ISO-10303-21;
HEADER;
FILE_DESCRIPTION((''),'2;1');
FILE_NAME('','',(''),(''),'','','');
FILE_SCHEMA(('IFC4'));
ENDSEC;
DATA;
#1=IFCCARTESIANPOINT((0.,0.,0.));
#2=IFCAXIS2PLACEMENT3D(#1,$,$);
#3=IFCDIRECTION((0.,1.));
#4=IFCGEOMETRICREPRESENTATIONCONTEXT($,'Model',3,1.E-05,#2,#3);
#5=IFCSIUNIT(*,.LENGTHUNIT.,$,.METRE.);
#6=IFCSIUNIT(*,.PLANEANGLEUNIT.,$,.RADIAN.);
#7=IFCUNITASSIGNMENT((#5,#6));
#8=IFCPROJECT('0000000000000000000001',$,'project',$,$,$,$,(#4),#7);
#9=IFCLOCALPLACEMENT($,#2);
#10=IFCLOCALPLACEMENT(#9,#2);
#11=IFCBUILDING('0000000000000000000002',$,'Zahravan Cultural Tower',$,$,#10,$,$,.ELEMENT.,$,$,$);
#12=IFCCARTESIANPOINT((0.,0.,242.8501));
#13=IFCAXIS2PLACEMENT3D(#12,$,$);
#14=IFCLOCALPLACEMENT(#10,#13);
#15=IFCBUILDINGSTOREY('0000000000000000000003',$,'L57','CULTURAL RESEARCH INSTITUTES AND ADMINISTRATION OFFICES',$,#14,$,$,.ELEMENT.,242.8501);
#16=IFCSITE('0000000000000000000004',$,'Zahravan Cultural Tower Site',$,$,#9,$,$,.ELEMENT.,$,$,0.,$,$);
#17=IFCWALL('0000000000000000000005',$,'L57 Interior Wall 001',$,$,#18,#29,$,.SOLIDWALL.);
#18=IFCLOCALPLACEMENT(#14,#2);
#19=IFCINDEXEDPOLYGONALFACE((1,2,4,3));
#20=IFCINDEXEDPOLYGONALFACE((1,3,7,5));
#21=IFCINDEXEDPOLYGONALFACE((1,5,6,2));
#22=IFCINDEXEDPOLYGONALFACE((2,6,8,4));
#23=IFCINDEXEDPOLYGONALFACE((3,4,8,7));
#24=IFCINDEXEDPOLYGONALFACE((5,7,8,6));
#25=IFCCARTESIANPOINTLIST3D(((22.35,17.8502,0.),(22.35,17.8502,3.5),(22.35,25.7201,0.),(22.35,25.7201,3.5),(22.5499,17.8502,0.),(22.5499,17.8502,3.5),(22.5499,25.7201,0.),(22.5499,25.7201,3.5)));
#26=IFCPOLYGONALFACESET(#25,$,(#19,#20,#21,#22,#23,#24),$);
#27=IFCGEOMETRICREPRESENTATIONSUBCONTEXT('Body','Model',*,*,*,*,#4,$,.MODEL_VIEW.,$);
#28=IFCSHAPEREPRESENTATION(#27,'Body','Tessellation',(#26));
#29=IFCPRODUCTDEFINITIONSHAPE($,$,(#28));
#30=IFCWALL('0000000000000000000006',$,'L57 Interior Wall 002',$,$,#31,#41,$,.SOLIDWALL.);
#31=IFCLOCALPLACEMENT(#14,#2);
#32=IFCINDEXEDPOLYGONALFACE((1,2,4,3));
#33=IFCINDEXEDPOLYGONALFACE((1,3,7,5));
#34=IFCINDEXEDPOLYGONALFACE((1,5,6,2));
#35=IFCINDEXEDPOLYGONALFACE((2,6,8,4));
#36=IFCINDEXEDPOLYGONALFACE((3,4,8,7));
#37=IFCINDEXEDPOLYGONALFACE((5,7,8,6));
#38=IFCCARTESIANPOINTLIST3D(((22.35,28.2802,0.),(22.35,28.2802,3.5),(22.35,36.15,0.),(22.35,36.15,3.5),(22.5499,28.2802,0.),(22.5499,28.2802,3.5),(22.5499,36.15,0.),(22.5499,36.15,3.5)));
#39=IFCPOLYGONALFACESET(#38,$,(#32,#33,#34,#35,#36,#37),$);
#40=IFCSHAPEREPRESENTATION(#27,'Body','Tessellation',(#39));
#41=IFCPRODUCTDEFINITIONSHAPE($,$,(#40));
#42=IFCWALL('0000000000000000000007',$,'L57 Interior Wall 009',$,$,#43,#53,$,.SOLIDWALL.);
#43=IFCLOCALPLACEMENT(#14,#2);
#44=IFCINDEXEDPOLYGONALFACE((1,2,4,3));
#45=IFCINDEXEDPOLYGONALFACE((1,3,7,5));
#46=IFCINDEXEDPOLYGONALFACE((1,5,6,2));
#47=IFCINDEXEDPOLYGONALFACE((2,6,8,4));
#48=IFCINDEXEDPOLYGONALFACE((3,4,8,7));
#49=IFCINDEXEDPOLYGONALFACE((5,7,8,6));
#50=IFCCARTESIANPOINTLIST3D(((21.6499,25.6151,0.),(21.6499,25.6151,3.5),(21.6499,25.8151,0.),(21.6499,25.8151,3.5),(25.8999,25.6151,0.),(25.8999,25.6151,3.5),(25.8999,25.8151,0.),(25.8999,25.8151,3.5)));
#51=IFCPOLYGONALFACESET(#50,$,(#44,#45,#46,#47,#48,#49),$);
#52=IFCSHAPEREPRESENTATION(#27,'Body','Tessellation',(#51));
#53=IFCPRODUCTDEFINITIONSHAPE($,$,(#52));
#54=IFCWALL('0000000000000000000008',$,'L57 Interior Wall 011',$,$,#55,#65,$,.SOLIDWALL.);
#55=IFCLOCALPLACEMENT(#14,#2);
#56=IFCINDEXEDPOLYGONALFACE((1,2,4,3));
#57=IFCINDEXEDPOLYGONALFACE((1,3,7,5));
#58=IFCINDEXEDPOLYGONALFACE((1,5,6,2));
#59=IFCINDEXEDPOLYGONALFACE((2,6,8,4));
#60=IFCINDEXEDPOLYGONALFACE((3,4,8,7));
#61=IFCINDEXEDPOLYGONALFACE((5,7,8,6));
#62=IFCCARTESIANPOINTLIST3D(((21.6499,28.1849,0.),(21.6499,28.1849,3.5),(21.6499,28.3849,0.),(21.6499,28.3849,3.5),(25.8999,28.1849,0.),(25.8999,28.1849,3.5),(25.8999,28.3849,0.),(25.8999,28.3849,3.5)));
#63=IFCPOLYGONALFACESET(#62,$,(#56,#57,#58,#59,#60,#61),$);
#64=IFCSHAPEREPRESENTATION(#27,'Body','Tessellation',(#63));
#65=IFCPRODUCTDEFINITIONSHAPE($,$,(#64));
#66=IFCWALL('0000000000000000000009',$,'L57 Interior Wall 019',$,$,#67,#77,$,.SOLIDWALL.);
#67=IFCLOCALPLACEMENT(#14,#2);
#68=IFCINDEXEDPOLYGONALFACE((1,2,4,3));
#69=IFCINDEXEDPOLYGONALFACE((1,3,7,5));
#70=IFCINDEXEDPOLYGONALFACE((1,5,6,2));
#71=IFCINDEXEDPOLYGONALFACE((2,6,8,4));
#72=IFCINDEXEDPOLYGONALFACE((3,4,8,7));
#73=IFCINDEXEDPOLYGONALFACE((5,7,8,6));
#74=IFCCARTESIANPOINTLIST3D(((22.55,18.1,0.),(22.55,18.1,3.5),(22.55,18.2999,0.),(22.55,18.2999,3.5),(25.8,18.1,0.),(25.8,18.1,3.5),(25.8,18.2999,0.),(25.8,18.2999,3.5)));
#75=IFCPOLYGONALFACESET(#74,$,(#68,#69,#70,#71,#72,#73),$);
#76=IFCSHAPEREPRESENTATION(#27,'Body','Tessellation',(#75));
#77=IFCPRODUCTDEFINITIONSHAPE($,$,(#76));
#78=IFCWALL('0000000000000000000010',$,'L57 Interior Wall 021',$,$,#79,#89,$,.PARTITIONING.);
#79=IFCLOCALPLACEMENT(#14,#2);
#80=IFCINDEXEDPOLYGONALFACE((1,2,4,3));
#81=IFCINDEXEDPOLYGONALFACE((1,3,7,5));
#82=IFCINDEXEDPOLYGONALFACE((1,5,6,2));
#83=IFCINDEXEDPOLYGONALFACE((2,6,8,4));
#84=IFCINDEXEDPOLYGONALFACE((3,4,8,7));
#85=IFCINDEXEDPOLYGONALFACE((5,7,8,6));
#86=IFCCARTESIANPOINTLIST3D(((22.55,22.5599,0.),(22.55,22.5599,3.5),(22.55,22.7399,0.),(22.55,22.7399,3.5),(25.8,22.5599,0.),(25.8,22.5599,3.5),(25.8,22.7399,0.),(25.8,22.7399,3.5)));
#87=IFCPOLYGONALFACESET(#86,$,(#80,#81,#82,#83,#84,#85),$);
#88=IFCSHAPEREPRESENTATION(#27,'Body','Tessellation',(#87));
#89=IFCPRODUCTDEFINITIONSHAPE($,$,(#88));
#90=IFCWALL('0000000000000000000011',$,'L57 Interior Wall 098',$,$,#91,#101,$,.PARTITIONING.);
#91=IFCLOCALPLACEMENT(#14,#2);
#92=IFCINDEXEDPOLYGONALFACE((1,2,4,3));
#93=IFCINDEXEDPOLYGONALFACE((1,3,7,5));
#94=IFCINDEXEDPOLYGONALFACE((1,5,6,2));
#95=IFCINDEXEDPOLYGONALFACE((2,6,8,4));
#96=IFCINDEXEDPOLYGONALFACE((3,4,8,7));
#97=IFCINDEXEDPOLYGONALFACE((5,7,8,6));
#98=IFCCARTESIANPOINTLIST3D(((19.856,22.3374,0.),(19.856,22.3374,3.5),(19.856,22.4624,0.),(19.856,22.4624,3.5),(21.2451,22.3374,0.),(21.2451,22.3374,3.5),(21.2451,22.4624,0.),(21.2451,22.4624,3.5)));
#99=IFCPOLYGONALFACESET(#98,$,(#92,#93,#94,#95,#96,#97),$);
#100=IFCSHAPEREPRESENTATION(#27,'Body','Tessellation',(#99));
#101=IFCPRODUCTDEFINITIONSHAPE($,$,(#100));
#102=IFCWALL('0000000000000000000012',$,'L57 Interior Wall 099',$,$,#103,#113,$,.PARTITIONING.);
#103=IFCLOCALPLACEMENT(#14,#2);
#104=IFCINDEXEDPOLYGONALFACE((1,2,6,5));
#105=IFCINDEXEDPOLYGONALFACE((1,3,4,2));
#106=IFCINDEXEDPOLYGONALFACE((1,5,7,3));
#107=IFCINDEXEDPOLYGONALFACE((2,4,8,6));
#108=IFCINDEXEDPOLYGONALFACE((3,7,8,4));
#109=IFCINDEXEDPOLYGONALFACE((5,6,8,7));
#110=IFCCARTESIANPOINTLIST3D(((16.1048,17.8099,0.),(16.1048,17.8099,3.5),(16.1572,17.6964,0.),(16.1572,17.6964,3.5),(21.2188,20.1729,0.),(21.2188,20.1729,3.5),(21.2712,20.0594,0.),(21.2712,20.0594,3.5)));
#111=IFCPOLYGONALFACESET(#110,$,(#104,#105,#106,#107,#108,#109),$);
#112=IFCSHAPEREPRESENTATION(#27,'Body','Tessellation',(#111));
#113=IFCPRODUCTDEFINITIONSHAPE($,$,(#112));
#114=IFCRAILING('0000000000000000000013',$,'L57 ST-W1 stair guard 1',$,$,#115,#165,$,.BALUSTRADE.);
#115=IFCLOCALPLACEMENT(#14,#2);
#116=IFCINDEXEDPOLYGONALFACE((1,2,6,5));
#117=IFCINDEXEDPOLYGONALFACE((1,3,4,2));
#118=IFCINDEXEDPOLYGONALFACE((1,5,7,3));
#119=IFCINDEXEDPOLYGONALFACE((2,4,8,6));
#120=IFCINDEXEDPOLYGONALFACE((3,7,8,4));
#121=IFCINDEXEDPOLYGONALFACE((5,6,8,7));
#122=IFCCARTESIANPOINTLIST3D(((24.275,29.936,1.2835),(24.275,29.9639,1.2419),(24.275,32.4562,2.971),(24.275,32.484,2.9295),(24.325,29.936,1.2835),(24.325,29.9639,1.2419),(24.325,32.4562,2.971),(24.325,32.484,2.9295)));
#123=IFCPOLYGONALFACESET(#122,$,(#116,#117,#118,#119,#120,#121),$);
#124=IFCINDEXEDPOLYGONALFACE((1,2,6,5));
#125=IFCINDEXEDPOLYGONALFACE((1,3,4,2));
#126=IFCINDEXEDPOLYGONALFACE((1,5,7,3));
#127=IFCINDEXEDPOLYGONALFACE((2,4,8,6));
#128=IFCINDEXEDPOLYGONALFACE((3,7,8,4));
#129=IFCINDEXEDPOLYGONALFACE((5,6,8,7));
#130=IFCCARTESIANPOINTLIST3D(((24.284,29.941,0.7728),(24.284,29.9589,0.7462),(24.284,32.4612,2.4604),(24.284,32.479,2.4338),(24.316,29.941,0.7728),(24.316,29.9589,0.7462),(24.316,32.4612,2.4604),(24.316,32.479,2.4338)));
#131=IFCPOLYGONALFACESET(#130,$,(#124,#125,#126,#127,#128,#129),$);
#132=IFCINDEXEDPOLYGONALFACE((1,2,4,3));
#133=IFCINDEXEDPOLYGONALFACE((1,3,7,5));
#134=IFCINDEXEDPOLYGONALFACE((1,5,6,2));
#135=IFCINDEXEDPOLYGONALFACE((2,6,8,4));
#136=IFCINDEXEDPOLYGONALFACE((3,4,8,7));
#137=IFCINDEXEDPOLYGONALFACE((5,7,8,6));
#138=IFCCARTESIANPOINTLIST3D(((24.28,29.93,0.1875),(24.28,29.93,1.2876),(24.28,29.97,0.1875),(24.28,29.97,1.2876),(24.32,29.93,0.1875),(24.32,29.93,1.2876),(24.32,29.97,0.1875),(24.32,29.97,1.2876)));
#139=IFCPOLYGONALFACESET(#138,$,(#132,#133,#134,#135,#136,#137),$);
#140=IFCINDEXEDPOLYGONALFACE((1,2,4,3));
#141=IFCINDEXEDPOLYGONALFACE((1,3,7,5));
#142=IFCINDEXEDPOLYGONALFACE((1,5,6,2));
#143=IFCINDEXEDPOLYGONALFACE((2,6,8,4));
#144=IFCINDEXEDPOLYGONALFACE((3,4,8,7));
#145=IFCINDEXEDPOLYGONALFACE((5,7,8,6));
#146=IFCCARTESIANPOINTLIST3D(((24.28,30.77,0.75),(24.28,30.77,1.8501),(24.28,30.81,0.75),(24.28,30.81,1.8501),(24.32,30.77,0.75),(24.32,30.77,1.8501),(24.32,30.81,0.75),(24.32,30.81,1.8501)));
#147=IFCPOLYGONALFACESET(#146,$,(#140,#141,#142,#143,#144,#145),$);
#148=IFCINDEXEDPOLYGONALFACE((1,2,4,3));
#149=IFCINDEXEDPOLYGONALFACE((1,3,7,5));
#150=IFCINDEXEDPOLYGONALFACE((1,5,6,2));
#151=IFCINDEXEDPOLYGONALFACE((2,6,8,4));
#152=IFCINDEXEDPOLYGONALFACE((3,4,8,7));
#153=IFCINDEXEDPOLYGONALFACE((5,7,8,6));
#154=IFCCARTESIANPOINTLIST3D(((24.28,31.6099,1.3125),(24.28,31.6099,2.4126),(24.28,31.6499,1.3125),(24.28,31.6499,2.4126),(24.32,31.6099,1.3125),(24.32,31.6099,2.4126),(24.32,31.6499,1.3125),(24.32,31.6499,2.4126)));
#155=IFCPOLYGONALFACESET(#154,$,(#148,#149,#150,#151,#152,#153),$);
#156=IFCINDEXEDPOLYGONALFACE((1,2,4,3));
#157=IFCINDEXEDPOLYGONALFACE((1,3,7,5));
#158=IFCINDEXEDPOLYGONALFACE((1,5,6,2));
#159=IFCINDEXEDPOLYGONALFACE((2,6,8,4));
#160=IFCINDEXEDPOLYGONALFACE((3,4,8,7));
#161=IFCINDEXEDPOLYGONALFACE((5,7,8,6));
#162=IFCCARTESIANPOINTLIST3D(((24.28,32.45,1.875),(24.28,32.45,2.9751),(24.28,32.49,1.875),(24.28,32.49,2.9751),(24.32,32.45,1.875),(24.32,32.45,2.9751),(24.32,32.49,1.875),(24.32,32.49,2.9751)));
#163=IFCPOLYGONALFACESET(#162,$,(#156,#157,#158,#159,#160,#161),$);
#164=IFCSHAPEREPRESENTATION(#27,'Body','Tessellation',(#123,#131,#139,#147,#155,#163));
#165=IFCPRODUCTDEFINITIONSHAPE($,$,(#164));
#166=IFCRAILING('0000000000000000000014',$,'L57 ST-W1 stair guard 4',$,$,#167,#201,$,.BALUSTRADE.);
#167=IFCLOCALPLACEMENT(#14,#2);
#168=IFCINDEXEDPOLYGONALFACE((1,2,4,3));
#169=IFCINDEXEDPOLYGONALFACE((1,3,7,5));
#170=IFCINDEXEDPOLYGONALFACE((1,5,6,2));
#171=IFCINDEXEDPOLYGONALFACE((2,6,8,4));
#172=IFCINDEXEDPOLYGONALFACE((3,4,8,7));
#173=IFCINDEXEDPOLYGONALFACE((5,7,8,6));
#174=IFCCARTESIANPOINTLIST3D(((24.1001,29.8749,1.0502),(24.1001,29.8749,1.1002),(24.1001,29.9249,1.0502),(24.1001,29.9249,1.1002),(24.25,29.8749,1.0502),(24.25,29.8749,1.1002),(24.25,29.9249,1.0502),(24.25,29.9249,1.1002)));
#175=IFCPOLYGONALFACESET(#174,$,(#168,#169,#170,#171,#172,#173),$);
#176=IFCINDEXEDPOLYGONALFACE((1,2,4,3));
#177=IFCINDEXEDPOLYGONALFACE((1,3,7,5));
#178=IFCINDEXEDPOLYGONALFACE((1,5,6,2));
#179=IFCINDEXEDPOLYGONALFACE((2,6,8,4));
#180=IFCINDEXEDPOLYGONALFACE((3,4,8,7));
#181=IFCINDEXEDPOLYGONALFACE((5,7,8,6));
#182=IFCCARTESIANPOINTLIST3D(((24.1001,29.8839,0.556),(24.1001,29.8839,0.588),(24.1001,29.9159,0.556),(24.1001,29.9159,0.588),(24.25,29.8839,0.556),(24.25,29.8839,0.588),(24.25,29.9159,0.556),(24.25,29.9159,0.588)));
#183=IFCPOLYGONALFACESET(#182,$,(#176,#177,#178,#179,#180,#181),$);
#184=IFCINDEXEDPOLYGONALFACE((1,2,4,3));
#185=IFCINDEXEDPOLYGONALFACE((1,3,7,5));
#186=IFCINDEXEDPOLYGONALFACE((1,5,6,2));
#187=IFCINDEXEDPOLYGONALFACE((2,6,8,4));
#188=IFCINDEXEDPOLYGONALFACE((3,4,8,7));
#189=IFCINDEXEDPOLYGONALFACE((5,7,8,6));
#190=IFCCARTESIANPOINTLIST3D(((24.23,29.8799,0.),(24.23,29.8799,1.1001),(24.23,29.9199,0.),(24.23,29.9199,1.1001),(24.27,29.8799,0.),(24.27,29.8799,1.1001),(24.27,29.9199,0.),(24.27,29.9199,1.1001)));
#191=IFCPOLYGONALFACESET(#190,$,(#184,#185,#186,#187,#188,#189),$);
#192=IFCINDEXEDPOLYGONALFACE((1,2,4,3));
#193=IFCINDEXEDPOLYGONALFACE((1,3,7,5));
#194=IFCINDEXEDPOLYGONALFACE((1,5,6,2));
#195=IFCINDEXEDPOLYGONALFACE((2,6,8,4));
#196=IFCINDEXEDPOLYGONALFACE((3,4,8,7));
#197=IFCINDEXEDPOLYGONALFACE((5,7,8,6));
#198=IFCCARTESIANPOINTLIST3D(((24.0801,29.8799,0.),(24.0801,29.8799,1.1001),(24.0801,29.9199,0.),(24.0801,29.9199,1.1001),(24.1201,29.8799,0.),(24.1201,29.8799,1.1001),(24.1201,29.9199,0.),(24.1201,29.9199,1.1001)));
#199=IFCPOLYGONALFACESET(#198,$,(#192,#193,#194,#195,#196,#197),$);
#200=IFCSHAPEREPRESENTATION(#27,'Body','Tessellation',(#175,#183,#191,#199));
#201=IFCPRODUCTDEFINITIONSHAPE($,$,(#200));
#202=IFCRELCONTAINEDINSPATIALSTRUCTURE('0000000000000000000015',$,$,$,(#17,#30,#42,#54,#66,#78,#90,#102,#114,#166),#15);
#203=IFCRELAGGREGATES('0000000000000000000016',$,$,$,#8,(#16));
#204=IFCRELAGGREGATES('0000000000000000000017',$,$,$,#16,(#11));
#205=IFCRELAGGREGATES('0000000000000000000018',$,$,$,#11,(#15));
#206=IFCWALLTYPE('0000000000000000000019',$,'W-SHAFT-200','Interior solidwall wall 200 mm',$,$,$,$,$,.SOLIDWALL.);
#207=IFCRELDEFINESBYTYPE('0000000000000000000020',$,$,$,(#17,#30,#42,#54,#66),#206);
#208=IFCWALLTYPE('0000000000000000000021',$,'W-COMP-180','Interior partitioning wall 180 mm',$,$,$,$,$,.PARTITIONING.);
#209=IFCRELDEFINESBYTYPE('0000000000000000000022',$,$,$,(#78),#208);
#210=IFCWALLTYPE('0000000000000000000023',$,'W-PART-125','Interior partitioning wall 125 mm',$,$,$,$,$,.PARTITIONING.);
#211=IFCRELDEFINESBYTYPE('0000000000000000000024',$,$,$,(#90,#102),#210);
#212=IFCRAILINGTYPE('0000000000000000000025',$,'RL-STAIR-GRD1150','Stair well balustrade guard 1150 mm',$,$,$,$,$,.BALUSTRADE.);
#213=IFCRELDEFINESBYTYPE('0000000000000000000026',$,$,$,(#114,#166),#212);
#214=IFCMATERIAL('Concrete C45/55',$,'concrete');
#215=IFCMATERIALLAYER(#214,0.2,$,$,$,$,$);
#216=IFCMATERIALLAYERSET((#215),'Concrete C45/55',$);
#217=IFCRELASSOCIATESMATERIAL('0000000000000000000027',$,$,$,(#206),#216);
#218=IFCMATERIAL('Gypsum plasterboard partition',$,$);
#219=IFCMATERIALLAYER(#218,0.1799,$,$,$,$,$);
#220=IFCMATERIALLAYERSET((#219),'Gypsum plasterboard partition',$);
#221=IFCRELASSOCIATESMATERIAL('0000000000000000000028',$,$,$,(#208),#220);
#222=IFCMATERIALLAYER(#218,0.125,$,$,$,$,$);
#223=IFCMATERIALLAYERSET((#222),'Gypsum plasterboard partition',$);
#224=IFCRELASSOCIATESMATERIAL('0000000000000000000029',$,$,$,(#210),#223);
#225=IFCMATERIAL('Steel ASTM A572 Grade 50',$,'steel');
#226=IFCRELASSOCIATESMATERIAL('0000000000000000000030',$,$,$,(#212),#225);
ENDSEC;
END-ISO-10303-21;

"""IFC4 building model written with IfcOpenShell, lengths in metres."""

from ifc_helpers import new_model, si_unit, direction, frame, frame_2d, origin, origin_2d, place, context, subcontext, project, spatial, rectangle, extrude, source, transform, mapped, material, layer, layer_set, type_object, element, save


model = new_model("IFC4")

# Units and contexts
model_context = context("Model", 3, precision=1e-05, world=origin(), true_north=direction((0.0, 1.0)))
body_context = subcontext(model_context, "Body", "Model", "MODEL_VIEW")
ifc_project = project(units=[si_unit("LENGTHUNIT", "METRE"), si_unit("PLANEANGLEUNIT", "RADIAN")], contexts=[model_context])

# Site, building, storey
site_placement = place(None, origin())
site = spatial("IfcSite", under=ifc_project, at=site_placement, Name="Zahravan Cultural Tower Site", CompositionType="ELEMENT", RefElevation=0.0)
building_placement = place(site_placement, origin())
building = spatial("IfcBuilding", under=site, at=building_placement, Name="Zahravan Cultural Tower", CompositionType="ELEMENT")
storey_placement = place(building_placement, frame((0.0, 0.0, 242.8501)))
storey = spatial("IfcBuildingStorey", under=building, at=storey_placement, Name="L57", Description="CULTURAL RESEARCH INSTITUTES AND ADMINISTRATION OFFICES", CompositionType="ELEMENT", Elevation=242.8501)

# Walls
ifc_material_1 = material(Name="Concrete C45/55", Category="concrete")
ifc_layer_1 = layer(ifc_material_1, 0.2)
ifc_layer_set_1 = layer_set([ifc_layer_1], Name="Concrete C45/55")
wall_type_1 = type_object("IfcWallType", Name="W-SHAFT-200", Description="Interior solidwall wall 200 mm", PredefinedType="SOLIDWALL", material=ifc_layer_set_1)
shared_shape_1 = source(origin(), body_context, "Body", "SweptSolid", [
    extrude(rectangle(XDim=7.8699, YDim=0.2, at=frame_2d((3.9351, 0.0))), origin(), (0.0, 0.0, 1.0), 3.5),
])
for number, where, z_axis, x_axis, name in (
    (1, (22.45, 17.8501, 0.0), (0.0, 0.0, 1.0), (0.0, 1.0, 0.0), "L57 Interior Wall 001"),
    (2, (22.45, 28.28, 0.0), (0.0, 0.0, 1.0), (0.0, 1.0, 0.0), "L57 Interior Wall 002"),
):
    element("IfcWall", number, at=place(storey_placement, frame(where, z_axis=z_axis, x_axis=x_axis)), inside=storey, type_object=wall_type_1, Name=name, PredefinedType="SOLIDWALL", context=body_context, shape_type="MappedRepresentation", body=[
        mapped(shared_shape_1, transform((0.0, 0.0, 0.0), x_axis=(1.0, 0.0, 0.0), y_axis=(0.0, 1.0, 0.0), z_axis=(0.0, 0.0, 1.0), scale=1.0)),
    ])
shared_shape_2 = source(origin(), body_context, "Body", "SweptSolid", [
    extrude(rectangle(XDim=4.25, YDim=0.2, at=frame_2d((2.125, 0.0))), origin(), (0.0, 0.0, 1.0), 3.5),
])
for number, where, z_axis, x_axis, name in (
    (3, (21.6499, 25.7151, 0.0), (0.0, 0.0, 1.0), (1.0, 0.0, 0.0), "L57 Interior Wall 009"),
    (4, (21.6499, 28.2849, 0.0), (0.0, 0.0, 1.0), (1.0, 0.0, 0.0), "L57 Interior Wall 011"),
):
    element("IfcWall", number, at=place(storey_placement, frame(where, z_axis=z_axis, x_axis=x_axis)), inside=storey, type_object=wall_type_1, Name=name, PredefinedType="SOLIDWALL", context=body_context, shape_type="MappedRepresentation", body=[
        mapped(shared_shape_2, transform((0.0, 0.0, 0.0), x_axis=(1.0, 0.0, 0.0), y_axis=(0.0, 1.0, 0.0), z_axis=(0.0, 0.0, 1.0), scale=1.0)),
    ])
shared_shape_3 = source(origin(), body_context, "Body", "SweptSolid", [
    extrude(rectangle(XDim=3.25, YDim=0.2, at=frame_2d((1.625, 0.0))), origin(), (0.0, 0.0, 1.0), 3.5),
])
wall_1_placement = place(storey_placement, frame((22.55, 18.2, 0.0), z_axis=(0.0, 0.0, 1.0), x_axis=(1.0, 0.0, 0.0)))
element("IfcWall", 5, at=wall_1_placement, inside=storey, type_object=wall_type_1, Name="L57 Interior Wall 019", PredefinedType="SOLIDWALL", context=body_context, shape_type="MappedRepresentation", body=[
    mapped(shared_shape_3, transform((0.0, 0.0, 0.0), x_axis=(1.0, 0.0, 0.0), y_axis=(0.0, 1.0, 0.0), z_axis=(0.0, 0.0, 1.0), scale=1.0)),
])
ifc_material_2 = material(Name="Gypsum plasterboard partition")
ifc_layer_2 = layer(ifc_material_2, 0.1799)
ifc_layer_set_2 = layer_set([ifc_layer_2], Name="Gypsum plasterboard partition")
wall_type_2 = type_object("IfcWallType", Name="W-COMP-180", Description="Interior partitioning wall 180 mm", PredefinedType="PARTITIONING", material=ifc_layer_set_2)
shared_shape_4 = source(origin(), body_context, "Body", "SweptSolid", [
    extrude(rectangle(XDim=3.25, YDim=0.1799, at=frame_2d((1.625, 0.0))), origin(), (0.0, 0.0, 1.0), 3.5),
])
wall_2_placement = place(storey_placement, frame((22.55, 22.6499, 0.0), z_axis=(0.0, 0.0, 1.0), x_axis=(1.0, 0.0, 0.0)))
element("IfcWall", 6, at=wall_2_placement, inside=storey, type_object=wall_type_2, Name="L57 Interior Wall 021", PredefinedType="PARTITIONING", context=body_context, shape_type="MappedRepresentation", body=[
    mapped(shared_shape_4, transform((0.0, 0.0, 0.0), x_axis=(1.0, 0.0, 0.0), y_axis=(0.0, 1.0, 0.0), z_axis=(0.0, 0.0, 1.0), scale=1.0)),
])
ifc_layer_3 = layer(ifc_material_2, 0.125)
ifc_layer_set_3 = layer_set([ifc_layer_3], Name="Gypsum plasterboard partition")
wall_type_3 = type_object("IfcWallType", Name="W-PART-125", Description="Interior partitioning wall 125 mm", PredefinedType="PARTITIONING", material=ifc_layer_set_3)
shared_shape_5 = source(origin(), body_context, "Body", "SweptSolid", [
    extrude(rectangle(XDim=1.3892, YDim=0.125, at=frame_2d((0.6946, 0.0))), origin(), (0.0, 0.0, 1.0), 3.5),
])
wall_3_placement = place(storey_placement, frame((19.856, 22.3999, 0.0), z_axis=(0.0, 0.0, 1.0), x_axis=(1.0, 0.0, 0.0)))
element("IfcWall", 7, at=wall_3_placement, inside=storey, type_object=wall_type_3, Name="L57 Interior Wall 098", PredefinedType="PARTITIONING", context=body_context, shape_type="MappedRepresentation", body=[
    mapped(shared_shape_5, transform((0.0, 0.0, 0.0), x_axis=(1.0, 0.0, 0.0), y_axis=(0.0, 1.0, 0.0), z_axis=(0.0, 0.0, 1.0), scale=1.0)),
])
shared_shape_6 = source(origin(), body_context, "Body", "SweptSolid", [
    extrude(rectangle(XDim=5.6335, YDim=0.125, at=frame_2d((2.8169, 0.0))), origin(), (0.0, 0.0, 1.0), 3.5),
])
wall_4_placement = place(storey_placement, frame((21.2451, 20.1162, 0.0), z_axis=(0.0, 0.0, 1.0), x_axis=(-0.907775, -0.419457, 0.0)))
element("IfcWall", 8, at=wall_4_placement, inside=storey, type_object=wall_type_3, Name="L57 Interior Wall 099", PredefinedType="PARTITIONING", context=body_context, shape_type="MappedRepresentation", body=[
    mapped(shared_shape_6, transform((0.0, 0.0, 0.0), x_axis=(1.0, 0.0, 0.0), y_axis=(0.0, 1.0, 0.0), z_axis=(0.0, 0.0, 1.0), scale=1.0)),
])

# Railings
ifc_material_3 = material(Name="Steel ASTM A572 Grade 50", Category="steel")
railing_type = type_object("IfcRailingType", Name="RL-STAIR-GRD1150", Description="Stair well balustrade guard 1150 mm", PredefinedType="BALUSTRADE", material=ifc_material_3)
railing_1_placement = place(storey_placement, frame((24.3, 29.95, 0.1875)))
element("IfcRailing", 9, at=railing_1_placement, inside=storey, type_object=railing_type, Name="L57 ST-W1 stair guard 1", PredefinedType="BALUSTRADE", context=body_context, shape_type="SweptSolid", body=[
    extrude(rectangle(XDim=0.05, YDim=0.05, at=origin_2d()), frame((0.0, 0.0, 1.0752), z_axis=(0.0, 0.830909, 0.556408), x_axis=(-1.0, 0.0, 0.0)), (0.0, 0.0, 1.0), 3.033),
    extrude(rectangle(XDim=0.032, YDim=0.032, at=origin_2d()), frame((0.0, 0.0, 0.572), z_axis=(0.0, 0.830909, 0.556408), x_axis=(-1.0, 0.0, 0.0)), (0.0, 0.0, 1.0), 3.033),
    extrude(rectangle(XDim=0.04, YDim=0.04, at=origin_2d()), origin(), (0.0, 0.0, 1.0), 1.1001),
    extrude(rectangle(XDim=0.04, YDim=0.04, at=origin_2d()), frame((0.0, 0.8401, 0.5625)), (0.0, 0.0, 1.0), 1.1001),
    extrude(rectangle(XDim=0.04, YDim=0.04, at=origin_2d()), frame((0.0, 1.6799, 1.125)), (0.0, 0.0, 1.0), 1.1001),
    extrude(rectangle(XDim=0.04, YDim=0.04, at=origin_2d()), frame((0.0, 2.52, 1.6875)), (0.0, 0.0, 1.0), 1.1001),
])
railing_2_placement = place(storey_placement, frame((24.25, 29.8999, 0.0)))
element("IfcRailing", 10, at=railing_2_placement, inside=storey, type_object=railing_type, Name="L57 ST-W1 stair guard 4", PredefinedType="BALUSTRADE", context=body_context, shape_type="SweptSolid", body=[
    extrude(rectangle(XDim=0.05, YDim=0.05, at=origin_2d()), frame((0.0, 0.0, 1.0752), z_axis=(-1.0, 0.0, 0.0), x_axis=(0.0, -1.0, 0.0)), (0.0, 0.0, 1.0), 0.1499),
    extrude(rectangle(XDim=0.032, YDim=0.032, at=origin_2d()), frame((0.0, 0.0, 0.572), z_axis=(-1.0, 0.0, 0.0), x_axis=(0.0, -1.0, 0.0)), (0.0, 0.0, 1.0), 0.1499),
    extrude(rectangle(XDim=0.04, YDim=0.04, at=origin_2d()), origin(), (0.0, 0.0, 1.0), 1.1001),
    extrude(rectangle(XDim=0.04, YDim=0.04, at=origin_2d()), frame((-0.1499, 0.0, 0.0)), (0.0, 0.0, 1.0), 1.1001),
])

save(model, "model.ifc")
